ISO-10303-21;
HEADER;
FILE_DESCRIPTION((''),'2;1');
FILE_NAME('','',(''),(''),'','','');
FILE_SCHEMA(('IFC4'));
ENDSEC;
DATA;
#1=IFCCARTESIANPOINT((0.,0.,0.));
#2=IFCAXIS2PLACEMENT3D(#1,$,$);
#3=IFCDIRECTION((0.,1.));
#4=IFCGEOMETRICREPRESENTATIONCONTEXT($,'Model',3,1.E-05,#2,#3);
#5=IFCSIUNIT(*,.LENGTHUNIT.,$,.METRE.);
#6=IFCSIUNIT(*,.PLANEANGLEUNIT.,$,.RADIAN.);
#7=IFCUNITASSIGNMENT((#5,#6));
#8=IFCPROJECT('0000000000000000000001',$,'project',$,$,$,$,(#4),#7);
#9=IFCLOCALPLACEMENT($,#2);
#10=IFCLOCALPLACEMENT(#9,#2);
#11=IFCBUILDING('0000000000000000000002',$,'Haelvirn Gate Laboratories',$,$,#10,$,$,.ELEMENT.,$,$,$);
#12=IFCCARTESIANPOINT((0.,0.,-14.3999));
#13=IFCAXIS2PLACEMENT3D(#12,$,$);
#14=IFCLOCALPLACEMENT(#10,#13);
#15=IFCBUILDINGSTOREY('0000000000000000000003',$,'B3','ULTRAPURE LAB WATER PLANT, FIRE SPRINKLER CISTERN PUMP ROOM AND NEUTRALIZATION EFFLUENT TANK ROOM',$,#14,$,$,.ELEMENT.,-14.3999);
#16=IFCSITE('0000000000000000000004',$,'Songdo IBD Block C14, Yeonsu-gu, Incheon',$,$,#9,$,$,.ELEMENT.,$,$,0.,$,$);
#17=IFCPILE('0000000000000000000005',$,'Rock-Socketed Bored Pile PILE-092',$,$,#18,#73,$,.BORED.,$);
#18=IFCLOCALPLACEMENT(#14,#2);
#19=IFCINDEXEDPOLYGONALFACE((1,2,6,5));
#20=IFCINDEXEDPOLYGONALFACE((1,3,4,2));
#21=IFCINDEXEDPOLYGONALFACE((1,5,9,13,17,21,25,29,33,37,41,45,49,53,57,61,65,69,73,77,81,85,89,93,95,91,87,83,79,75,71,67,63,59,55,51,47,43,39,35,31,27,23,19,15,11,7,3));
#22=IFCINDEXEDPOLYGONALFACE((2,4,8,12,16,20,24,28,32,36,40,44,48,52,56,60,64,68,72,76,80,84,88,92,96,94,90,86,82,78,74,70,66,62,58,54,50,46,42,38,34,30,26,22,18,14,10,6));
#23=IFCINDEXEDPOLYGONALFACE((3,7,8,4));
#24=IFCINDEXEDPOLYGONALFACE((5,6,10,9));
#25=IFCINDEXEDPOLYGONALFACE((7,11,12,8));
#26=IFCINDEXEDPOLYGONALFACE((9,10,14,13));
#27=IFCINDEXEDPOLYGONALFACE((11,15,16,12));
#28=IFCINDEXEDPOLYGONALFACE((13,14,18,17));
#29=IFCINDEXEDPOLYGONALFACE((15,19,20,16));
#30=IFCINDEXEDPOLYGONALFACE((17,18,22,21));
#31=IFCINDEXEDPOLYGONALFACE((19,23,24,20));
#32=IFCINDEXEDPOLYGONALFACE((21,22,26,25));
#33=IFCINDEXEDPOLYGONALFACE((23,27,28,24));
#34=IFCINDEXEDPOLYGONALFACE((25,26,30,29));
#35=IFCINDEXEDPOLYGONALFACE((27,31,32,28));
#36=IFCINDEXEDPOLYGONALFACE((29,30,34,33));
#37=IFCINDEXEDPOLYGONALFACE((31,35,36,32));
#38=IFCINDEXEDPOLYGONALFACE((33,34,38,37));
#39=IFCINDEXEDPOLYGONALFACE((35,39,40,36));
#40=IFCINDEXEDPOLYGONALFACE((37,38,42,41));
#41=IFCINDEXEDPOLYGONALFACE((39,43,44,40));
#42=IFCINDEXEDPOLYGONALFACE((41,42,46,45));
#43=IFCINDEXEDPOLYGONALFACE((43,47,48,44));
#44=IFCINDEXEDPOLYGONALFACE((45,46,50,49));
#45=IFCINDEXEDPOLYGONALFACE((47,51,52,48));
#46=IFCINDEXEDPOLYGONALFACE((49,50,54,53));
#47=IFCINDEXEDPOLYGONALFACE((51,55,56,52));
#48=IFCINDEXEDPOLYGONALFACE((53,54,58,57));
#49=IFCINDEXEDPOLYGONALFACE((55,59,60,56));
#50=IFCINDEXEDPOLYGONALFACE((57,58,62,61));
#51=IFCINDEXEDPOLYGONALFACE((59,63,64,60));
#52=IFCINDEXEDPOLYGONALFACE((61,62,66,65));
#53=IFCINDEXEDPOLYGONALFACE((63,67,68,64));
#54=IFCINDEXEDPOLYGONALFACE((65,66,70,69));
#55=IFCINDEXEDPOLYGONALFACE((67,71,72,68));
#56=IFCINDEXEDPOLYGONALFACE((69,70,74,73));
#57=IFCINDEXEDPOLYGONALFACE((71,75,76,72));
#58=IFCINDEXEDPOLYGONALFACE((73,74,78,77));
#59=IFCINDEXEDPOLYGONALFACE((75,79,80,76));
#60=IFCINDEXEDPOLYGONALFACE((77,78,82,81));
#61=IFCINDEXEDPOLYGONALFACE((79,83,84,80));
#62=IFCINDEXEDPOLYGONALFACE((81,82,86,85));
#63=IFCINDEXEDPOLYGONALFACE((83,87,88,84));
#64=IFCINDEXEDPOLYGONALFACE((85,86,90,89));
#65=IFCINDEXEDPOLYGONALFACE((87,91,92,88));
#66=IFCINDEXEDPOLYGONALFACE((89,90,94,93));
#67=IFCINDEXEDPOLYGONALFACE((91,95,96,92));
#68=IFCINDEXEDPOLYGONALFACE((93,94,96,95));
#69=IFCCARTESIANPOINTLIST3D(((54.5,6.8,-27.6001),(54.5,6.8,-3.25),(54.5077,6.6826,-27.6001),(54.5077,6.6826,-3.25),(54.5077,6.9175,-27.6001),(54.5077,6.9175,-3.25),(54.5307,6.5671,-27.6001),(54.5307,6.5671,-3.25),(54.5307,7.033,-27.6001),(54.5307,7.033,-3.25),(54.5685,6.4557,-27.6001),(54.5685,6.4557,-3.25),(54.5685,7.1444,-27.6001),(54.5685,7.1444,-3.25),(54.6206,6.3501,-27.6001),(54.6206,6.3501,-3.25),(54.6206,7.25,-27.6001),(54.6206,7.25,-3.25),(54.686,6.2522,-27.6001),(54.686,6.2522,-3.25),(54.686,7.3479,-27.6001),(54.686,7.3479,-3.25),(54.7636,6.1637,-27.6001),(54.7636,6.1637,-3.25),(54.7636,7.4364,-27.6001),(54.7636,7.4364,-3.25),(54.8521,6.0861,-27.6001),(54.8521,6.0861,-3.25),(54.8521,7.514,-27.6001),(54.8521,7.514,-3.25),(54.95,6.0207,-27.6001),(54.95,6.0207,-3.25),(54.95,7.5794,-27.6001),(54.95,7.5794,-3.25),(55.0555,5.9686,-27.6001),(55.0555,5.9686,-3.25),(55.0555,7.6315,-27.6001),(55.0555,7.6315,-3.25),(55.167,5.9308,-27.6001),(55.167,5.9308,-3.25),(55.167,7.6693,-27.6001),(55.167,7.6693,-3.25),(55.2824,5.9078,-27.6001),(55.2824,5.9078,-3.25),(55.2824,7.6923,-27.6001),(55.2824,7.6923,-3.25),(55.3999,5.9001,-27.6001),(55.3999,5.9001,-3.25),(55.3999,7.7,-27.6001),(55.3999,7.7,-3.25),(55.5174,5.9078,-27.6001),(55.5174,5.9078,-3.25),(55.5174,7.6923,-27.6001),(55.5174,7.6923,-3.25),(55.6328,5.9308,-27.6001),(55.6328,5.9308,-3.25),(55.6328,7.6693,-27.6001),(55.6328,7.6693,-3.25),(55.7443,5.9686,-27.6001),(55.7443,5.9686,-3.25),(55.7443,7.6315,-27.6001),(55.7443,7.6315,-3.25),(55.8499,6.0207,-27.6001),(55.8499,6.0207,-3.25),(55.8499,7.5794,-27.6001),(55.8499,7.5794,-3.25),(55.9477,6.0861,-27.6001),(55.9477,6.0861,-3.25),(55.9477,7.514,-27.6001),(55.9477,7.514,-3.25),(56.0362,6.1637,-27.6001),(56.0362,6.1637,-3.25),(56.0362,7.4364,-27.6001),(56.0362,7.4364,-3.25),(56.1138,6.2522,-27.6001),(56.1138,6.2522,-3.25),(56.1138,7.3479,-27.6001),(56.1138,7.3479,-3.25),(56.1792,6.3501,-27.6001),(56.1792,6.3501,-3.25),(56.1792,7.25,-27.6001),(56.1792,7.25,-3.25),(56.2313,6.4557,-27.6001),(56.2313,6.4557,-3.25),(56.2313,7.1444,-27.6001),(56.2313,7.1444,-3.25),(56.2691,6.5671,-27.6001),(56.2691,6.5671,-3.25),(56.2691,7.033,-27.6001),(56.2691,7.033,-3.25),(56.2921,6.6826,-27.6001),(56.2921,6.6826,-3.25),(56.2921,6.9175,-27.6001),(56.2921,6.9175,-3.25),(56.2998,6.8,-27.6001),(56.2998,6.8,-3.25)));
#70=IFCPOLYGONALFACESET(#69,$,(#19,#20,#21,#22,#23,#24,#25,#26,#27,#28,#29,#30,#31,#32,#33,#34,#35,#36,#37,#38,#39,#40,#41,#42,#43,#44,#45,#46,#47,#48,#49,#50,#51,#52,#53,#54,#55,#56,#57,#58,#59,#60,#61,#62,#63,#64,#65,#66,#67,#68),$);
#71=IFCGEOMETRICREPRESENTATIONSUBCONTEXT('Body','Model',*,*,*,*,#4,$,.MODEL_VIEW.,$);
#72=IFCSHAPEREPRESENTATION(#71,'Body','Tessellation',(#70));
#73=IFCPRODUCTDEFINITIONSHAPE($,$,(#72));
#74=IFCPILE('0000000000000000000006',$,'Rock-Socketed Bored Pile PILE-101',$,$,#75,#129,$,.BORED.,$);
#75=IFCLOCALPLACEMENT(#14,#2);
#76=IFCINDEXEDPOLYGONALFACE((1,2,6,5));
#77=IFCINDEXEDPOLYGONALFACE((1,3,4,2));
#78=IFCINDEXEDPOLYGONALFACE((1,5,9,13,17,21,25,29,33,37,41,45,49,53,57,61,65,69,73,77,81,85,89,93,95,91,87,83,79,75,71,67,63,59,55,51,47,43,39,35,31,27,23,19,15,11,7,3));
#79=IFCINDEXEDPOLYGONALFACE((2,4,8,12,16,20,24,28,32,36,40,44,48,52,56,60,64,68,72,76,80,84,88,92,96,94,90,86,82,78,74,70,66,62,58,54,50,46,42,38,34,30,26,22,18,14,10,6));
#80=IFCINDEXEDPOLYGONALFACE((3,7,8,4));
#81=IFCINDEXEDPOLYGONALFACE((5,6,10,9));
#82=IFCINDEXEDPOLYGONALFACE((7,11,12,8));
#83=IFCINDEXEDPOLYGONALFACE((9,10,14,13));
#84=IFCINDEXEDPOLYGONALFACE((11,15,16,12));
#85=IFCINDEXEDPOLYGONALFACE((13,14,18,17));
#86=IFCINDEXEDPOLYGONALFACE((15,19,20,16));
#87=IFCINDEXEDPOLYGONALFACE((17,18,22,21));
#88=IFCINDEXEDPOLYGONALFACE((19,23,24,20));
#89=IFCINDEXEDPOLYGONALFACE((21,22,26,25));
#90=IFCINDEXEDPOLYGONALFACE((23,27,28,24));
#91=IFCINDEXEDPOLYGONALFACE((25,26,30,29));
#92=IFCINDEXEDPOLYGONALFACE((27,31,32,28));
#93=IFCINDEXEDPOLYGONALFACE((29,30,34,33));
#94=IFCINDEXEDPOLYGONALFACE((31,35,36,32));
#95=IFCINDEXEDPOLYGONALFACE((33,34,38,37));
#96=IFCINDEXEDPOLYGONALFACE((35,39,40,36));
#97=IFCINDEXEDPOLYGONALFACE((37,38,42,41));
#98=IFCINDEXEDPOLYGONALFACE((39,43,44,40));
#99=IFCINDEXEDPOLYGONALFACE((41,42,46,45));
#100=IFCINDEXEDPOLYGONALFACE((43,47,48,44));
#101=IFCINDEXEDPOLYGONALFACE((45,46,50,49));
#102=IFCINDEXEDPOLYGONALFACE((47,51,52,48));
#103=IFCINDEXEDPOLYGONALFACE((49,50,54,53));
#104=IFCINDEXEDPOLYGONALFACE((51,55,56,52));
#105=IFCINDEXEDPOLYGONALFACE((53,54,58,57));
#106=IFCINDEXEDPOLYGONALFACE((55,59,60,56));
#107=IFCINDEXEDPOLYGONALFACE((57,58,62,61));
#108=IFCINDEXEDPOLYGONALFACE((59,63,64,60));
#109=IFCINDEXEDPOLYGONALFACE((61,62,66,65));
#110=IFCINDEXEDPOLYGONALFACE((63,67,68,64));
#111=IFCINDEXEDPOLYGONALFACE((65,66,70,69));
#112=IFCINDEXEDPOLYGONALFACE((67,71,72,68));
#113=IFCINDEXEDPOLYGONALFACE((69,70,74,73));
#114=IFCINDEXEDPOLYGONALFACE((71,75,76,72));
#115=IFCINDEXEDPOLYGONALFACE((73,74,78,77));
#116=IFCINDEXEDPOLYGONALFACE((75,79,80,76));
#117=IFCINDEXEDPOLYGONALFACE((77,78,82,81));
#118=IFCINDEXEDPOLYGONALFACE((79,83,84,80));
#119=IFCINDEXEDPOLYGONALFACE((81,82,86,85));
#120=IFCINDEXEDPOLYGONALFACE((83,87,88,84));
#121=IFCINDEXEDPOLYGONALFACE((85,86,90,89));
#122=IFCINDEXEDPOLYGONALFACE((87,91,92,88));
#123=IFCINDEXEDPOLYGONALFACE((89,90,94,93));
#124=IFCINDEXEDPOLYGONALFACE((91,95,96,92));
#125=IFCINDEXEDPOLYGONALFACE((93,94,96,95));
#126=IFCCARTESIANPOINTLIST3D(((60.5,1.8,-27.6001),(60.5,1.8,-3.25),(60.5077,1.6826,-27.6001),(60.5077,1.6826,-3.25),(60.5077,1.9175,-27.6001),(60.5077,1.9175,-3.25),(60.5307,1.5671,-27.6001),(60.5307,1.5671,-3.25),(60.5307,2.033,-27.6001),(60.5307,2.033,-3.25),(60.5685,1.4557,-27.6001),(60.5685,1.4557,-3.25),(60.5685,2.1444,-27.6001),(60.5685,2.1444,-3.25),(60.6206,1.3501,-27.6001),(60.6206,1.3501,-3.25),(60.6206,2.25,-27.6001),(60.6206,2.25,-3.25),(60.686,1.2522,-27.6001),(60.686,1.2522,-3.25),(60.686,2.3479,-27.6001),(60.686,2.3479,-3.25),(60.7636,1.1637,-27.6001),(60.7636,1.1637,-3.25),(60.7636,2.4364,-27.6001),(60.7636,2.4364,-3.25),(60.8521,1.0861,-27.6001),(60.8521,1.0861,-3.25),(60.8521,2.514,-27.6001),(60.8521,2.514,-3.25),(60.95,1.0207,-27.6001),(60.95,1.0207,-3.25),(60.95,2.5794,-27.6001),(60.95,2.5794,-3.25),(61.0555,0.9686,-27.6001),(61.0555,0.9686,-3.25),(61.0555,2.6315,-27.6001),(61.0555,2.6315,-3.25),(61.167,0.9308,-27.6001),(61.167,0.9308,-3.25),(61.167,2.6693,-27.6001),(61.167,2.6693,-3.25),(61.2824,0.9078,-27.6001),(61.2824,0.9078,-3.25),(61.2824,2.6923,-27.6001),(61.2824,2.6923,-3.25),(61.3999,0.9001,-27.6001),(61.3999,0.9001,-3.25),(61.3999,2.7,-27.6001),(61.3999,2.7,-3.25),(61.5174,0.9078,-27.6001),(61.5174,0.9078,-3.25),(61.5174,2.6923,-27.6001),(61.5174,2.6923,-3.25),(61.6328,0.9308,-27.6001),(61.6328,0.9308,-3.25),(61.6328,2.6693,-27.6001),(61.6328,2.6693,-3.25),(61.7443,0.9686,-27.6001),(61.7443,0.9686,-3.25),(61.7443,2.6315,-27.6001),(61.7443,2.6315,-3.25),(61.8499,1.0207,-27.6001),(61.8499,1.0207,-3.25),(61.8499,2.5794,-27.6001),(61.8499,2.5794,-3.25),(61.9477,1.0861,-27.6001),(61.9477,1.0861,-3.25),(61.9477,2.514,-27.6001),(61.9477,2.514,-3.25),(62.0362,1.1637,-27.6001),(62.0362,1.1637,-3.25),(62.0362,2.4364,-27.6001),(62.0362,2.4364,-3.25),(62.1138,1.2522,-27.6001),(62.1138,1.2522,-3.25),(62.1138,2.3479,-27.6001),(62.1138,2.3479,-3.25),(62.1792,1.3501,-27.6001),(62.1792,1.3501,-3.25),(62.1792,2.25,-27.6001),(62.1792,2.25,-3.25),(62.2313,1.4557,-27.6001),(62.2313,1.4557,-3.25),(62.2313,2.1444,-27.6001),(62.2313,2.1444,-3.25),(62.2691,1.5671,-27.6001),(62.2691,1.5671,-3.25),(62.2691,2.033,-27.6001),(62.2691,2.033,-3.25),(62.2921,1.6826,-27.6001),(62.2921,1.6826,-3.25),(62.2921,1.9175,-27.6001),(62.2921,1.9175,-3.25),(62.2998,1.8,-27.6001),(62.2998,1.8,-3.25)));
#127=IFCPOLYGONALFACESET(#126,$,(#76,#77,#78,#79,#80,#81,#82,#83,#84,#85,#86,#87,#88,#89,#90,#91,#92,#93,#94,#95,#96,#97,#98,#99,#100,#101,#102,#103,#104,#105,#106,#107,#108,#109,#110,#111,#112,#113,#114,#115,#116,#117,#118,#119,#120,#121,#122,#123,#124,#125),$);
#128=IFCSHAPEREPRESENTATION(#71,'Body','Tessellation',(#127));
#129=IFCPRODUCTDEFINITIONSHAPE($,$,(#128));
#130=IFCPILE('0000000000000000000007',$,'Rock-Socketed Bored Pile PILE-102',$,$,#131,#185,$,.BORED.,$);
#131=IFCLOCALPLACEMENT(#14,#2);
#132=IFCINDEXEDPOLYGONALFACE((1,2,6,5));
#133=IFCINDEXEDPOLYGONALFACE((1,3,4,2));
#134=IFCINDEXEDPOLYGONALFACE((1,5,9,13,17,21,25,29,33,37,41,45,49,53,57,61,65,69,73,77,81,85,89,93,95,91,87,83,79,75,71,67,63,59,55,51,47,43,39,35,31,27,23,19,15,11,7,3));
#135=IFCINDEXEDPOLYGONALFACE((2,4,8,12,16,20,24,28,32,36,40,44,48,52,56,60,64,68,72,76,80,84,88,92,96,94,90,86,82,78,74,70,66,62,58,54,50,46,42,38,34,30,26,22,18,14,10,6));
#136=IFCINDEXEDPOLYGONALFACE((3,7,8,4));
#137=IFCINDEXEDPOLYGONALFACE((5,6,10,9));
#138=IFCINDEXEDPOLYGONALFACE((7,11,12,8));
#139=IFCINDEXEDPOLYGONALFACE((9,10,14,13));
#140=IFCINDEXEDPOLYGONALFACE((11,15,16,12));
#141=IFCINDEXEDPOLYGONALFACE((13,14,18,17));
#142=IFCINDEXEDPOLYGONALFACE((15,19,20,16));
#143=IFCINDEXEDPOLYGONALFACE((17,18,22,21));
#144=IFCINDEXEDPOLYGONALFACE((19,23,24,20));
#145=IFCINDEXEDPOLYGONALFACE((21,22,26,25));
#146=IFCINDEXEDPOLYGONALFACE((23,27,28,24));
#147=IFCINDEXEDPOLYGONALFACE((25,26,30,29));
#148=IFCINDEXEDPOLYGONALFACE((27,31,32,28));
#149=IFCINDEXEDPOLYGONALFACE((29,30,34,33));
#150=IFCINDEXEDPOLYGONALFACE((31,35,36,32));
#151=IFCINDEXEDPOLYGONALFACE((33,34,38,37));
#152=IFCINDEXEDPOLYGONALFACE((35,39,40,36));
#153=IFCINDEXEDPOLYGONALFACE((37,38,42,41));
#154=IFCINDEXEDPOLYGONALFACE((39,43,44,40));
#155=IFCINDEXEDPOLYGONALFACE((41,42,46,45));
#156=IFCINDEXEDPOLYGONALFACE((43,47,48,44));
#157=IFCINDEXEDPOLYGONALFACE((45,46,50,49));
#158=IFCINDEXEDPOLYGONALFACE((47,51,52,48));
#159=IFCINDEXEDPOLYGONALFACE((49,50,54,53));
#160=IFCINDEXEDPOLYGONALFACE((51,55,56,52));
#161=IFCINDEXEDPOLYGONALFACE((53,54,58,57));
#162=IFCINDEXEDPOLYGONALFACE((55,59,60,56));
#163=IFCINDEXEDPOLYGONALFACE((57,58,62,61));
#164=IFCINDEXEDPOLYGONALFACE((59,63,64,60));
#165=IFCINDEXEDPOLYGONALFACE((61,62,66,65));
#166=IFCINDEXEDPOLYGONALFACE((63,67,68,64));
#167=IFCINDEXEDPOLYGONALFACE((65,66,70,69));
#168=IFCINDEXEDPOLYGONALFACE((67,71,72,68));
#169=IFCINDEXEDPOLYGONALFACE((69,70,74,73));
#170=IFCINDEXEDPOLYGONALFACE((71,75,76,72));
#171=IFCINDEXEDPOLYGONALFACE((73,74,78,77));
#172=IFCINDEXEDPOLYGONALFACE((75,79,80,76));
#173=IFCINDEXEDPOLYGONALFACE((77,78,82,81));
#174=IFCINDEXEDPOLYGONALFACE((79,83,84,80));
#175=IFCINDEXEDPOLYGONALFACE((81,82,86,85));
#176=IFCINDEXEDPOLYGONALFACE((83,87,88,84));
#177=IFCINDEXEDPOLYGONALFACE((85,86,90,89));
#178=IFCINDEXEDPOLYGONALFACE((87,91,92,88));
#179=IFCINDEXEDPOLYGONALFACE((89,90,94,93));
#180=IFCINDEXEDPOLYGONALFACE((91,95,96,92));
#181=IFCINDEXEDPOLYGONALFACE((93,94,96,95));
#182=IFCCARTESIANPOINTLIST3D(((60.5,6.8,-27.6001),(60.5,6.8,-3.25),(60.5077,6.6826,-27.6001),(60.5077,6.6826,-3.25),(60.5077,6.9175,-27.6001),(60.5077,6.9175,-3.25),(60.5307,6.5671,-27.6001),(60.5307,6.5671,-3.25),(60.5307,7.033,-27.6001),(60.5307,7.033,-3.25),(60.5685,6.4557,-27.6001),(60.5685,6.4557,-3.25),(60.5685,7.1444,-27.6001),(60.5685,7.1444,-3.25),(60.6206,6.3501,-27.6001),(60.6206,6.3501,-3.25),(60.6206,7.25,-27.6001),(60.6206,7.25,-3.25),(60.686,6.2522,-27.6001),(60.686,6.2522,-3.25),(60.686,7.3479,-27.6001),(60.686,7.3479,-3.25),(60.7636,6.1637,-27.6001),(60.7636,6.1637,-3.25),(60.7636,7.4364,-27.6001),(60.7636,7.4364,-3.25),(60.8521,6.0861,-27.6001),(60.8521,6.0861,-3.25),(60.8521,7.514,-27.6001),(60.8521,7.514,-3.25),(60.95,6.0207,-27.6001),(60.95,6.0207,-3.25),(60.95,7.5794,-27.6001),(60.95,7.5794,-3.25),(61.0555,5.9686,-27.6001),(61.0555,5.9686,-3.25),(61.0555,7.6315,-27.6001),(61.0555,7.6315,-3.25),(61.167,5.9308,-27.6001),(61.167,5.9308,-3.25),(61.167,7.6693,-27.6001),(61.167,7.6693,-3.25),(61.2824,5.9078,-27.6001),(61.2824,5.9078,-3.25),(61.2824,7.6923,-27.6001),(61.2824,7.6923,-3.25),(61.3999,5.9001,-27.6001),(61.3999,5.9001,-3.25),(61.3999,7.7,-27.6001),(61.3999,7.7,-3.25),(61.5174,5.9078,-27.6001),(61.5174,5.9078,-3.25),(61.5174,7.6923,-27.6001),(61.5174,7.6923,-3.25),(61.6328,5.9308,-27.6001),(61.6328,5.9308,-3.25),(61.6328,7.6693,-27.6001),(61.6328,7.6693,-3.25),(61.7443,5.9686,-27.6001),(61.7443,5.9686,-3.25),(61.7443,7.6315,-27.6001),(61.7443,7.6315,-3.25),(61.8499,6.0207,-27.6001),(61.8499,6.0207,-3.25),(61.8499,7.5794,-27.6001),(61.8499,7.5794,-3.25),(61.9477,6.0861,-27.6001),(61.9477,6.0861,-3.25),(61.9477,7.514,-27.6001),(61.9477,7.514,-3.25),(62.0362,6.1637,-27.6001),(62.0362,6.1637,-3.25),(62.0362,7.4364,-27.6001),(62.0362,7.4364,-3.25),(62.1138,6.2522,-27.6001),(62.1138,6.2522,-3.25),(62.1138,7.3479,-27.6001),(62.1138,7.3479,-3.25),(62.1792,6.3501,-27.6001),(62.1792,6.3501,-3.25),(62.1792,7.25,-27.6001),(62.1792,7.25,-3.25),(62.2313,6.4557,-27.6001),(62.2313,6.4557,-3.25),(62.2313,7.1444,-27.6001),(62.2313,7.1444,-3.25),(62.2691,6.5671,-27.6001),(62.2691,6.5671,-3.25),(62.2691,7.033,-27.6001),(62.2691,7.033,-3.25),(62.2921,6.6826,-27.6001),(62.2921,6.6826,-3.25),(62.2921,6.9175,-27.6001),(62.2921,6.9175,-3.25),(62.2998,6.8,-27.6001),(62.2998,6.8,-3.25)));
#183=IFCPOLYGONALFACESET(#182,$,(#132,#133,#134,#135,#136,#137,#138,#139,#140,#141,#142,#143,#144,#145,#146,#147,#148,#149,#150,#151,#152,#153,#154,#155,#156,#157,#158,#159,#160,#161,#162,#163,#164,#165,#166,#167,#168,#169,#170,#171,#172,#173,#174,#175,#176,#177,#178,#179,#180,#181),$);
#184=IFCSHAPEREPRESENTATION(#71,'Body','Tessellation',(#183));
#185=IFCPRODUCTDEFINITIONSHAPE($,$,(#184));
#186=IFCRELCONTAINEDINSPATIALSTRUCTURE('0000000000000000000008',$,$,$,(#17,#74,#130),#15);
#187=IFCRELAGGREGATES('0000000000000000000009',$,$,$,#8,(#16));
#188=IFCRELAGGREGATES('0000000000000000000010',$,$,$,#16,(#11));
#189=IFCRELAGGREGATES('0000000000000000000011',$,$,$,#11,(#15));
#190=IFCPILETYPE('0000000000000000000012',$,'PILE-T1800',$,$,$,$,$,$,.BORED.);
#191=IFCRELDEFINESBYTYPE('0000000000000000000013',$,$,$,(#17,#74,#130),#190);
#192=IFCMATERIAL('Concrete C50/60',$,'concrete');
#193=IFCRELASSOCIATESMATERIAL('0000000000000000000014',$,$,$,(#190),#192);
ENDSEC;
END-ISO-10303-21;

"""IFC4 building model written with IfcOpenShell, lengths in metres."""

from ifc_helpers import new_model, si_unit, direction, frame, origin, origin_2d, place, context, subcontext, project, spatial, circle, extrude, source, transform, mapped, material, material_profile, profile_set, type_object, type_shapes, element, save


model = new_model("IFC4")

# Units and contexts
model_context = context("Model", 3, precision=1e-05, world=origin(), true_north=direction((0.0, 1.0)))
body_context = subcontext(model_context, "Body", "Model", "MODEL_VIEW")
ifc_project = project(units=[si_unit("LENGTHUNIT", "METRE"), si_unit("PLANEANGLEUNIT", "RADIAN")], contexts=[model_context])

# Site, building, storey
site_placement = place(None, origin())
site = spatial("IfcSite", under=ifc_project, at=site_placement, Name="Songdo IBD Block C14, Yeonsu-gu, Incheon", CompositionType="ELEMENT", RefElevation=0.0)
building_placement = place(site_placement, origin())
building = spatial("IfcBuilding", under=site, at=building_placement, Name="Haelvirn Gate Laboratories", CompositionType="ELEMENT")
storey_placement = place(building_placement, frame((0.0, 0.0, -14.3999)))
storey = spatial("IfcBuildingStorey", under=building, at=storey_placement, Name="B3", Description="ULTRAPURE LAB WATER PLANT, FIRE SPRINKLER CISTERN PUMP ROOM AND NEUTRALIZATION EFFLUENT TANK ROOM", CompositionType="ELEMENT", Elevation=-14.3999)

# Piles
ifc_material_1 = material(Name="Concrete C50/60", Category="concrete")
ifc_material_profile_1 = material_profile(ifc_material_1, circle(Radius=0.8999, at=origin_2d()), Name="PILE-D1800")
ifc_profile_set_1 = profile_set([ifc_material_profile_1], Name="Concrete C50/60")
pile_type = type_object("IfcPileType", Name="PILE-T1800", PredefinedType="BORED", material=ifc_profile_set_1)
shared_shape_1 = source(origin(), body_context, "Body", "SweptSolid", [
    extrude(circle(Radius=0.8999, at=origin_2d()), origin(), (0.0, 0.0, 1.0), 24.3501),
])
type_shapes(pile_type, [shared_shape_1])
for number, where, z_axis, x_axis, name in (
    (1, (55.3999, 6.8, -3.25), (0.0, 0.0, -1.0), (1.0, 0.0, 0.0), "Rock-Socketed Bored Pile PILE-092"),
    (2, (61.3999, 1.8, -3.25), (0.0, 0.0, -1.0), (1.0, 0.0, 0.0), "Rock-Socketed Bored Pile PILE-101"),
    (3, (61.3999, 6.8, -3.25), (0.0, 0.0, -1.0), (1.0, 0.0, 0.0), "Rock-Socketed Bored Pile PILE-102"),
):
    element("IfcPile", number, at=place(storey_placement, frame(where, z_axis=z_axis, x_axis=x_axis)), inside=storey, type_object=pile_type, Name=name, PredefinedType="BORED", context=body_context, shape_type="MappedRepresentation", body=[
        mapped(shared_shape_1, transform((0.0, 0.0, 0.0), scale=1.0)),
    ])

save(model, "model.ifc")
